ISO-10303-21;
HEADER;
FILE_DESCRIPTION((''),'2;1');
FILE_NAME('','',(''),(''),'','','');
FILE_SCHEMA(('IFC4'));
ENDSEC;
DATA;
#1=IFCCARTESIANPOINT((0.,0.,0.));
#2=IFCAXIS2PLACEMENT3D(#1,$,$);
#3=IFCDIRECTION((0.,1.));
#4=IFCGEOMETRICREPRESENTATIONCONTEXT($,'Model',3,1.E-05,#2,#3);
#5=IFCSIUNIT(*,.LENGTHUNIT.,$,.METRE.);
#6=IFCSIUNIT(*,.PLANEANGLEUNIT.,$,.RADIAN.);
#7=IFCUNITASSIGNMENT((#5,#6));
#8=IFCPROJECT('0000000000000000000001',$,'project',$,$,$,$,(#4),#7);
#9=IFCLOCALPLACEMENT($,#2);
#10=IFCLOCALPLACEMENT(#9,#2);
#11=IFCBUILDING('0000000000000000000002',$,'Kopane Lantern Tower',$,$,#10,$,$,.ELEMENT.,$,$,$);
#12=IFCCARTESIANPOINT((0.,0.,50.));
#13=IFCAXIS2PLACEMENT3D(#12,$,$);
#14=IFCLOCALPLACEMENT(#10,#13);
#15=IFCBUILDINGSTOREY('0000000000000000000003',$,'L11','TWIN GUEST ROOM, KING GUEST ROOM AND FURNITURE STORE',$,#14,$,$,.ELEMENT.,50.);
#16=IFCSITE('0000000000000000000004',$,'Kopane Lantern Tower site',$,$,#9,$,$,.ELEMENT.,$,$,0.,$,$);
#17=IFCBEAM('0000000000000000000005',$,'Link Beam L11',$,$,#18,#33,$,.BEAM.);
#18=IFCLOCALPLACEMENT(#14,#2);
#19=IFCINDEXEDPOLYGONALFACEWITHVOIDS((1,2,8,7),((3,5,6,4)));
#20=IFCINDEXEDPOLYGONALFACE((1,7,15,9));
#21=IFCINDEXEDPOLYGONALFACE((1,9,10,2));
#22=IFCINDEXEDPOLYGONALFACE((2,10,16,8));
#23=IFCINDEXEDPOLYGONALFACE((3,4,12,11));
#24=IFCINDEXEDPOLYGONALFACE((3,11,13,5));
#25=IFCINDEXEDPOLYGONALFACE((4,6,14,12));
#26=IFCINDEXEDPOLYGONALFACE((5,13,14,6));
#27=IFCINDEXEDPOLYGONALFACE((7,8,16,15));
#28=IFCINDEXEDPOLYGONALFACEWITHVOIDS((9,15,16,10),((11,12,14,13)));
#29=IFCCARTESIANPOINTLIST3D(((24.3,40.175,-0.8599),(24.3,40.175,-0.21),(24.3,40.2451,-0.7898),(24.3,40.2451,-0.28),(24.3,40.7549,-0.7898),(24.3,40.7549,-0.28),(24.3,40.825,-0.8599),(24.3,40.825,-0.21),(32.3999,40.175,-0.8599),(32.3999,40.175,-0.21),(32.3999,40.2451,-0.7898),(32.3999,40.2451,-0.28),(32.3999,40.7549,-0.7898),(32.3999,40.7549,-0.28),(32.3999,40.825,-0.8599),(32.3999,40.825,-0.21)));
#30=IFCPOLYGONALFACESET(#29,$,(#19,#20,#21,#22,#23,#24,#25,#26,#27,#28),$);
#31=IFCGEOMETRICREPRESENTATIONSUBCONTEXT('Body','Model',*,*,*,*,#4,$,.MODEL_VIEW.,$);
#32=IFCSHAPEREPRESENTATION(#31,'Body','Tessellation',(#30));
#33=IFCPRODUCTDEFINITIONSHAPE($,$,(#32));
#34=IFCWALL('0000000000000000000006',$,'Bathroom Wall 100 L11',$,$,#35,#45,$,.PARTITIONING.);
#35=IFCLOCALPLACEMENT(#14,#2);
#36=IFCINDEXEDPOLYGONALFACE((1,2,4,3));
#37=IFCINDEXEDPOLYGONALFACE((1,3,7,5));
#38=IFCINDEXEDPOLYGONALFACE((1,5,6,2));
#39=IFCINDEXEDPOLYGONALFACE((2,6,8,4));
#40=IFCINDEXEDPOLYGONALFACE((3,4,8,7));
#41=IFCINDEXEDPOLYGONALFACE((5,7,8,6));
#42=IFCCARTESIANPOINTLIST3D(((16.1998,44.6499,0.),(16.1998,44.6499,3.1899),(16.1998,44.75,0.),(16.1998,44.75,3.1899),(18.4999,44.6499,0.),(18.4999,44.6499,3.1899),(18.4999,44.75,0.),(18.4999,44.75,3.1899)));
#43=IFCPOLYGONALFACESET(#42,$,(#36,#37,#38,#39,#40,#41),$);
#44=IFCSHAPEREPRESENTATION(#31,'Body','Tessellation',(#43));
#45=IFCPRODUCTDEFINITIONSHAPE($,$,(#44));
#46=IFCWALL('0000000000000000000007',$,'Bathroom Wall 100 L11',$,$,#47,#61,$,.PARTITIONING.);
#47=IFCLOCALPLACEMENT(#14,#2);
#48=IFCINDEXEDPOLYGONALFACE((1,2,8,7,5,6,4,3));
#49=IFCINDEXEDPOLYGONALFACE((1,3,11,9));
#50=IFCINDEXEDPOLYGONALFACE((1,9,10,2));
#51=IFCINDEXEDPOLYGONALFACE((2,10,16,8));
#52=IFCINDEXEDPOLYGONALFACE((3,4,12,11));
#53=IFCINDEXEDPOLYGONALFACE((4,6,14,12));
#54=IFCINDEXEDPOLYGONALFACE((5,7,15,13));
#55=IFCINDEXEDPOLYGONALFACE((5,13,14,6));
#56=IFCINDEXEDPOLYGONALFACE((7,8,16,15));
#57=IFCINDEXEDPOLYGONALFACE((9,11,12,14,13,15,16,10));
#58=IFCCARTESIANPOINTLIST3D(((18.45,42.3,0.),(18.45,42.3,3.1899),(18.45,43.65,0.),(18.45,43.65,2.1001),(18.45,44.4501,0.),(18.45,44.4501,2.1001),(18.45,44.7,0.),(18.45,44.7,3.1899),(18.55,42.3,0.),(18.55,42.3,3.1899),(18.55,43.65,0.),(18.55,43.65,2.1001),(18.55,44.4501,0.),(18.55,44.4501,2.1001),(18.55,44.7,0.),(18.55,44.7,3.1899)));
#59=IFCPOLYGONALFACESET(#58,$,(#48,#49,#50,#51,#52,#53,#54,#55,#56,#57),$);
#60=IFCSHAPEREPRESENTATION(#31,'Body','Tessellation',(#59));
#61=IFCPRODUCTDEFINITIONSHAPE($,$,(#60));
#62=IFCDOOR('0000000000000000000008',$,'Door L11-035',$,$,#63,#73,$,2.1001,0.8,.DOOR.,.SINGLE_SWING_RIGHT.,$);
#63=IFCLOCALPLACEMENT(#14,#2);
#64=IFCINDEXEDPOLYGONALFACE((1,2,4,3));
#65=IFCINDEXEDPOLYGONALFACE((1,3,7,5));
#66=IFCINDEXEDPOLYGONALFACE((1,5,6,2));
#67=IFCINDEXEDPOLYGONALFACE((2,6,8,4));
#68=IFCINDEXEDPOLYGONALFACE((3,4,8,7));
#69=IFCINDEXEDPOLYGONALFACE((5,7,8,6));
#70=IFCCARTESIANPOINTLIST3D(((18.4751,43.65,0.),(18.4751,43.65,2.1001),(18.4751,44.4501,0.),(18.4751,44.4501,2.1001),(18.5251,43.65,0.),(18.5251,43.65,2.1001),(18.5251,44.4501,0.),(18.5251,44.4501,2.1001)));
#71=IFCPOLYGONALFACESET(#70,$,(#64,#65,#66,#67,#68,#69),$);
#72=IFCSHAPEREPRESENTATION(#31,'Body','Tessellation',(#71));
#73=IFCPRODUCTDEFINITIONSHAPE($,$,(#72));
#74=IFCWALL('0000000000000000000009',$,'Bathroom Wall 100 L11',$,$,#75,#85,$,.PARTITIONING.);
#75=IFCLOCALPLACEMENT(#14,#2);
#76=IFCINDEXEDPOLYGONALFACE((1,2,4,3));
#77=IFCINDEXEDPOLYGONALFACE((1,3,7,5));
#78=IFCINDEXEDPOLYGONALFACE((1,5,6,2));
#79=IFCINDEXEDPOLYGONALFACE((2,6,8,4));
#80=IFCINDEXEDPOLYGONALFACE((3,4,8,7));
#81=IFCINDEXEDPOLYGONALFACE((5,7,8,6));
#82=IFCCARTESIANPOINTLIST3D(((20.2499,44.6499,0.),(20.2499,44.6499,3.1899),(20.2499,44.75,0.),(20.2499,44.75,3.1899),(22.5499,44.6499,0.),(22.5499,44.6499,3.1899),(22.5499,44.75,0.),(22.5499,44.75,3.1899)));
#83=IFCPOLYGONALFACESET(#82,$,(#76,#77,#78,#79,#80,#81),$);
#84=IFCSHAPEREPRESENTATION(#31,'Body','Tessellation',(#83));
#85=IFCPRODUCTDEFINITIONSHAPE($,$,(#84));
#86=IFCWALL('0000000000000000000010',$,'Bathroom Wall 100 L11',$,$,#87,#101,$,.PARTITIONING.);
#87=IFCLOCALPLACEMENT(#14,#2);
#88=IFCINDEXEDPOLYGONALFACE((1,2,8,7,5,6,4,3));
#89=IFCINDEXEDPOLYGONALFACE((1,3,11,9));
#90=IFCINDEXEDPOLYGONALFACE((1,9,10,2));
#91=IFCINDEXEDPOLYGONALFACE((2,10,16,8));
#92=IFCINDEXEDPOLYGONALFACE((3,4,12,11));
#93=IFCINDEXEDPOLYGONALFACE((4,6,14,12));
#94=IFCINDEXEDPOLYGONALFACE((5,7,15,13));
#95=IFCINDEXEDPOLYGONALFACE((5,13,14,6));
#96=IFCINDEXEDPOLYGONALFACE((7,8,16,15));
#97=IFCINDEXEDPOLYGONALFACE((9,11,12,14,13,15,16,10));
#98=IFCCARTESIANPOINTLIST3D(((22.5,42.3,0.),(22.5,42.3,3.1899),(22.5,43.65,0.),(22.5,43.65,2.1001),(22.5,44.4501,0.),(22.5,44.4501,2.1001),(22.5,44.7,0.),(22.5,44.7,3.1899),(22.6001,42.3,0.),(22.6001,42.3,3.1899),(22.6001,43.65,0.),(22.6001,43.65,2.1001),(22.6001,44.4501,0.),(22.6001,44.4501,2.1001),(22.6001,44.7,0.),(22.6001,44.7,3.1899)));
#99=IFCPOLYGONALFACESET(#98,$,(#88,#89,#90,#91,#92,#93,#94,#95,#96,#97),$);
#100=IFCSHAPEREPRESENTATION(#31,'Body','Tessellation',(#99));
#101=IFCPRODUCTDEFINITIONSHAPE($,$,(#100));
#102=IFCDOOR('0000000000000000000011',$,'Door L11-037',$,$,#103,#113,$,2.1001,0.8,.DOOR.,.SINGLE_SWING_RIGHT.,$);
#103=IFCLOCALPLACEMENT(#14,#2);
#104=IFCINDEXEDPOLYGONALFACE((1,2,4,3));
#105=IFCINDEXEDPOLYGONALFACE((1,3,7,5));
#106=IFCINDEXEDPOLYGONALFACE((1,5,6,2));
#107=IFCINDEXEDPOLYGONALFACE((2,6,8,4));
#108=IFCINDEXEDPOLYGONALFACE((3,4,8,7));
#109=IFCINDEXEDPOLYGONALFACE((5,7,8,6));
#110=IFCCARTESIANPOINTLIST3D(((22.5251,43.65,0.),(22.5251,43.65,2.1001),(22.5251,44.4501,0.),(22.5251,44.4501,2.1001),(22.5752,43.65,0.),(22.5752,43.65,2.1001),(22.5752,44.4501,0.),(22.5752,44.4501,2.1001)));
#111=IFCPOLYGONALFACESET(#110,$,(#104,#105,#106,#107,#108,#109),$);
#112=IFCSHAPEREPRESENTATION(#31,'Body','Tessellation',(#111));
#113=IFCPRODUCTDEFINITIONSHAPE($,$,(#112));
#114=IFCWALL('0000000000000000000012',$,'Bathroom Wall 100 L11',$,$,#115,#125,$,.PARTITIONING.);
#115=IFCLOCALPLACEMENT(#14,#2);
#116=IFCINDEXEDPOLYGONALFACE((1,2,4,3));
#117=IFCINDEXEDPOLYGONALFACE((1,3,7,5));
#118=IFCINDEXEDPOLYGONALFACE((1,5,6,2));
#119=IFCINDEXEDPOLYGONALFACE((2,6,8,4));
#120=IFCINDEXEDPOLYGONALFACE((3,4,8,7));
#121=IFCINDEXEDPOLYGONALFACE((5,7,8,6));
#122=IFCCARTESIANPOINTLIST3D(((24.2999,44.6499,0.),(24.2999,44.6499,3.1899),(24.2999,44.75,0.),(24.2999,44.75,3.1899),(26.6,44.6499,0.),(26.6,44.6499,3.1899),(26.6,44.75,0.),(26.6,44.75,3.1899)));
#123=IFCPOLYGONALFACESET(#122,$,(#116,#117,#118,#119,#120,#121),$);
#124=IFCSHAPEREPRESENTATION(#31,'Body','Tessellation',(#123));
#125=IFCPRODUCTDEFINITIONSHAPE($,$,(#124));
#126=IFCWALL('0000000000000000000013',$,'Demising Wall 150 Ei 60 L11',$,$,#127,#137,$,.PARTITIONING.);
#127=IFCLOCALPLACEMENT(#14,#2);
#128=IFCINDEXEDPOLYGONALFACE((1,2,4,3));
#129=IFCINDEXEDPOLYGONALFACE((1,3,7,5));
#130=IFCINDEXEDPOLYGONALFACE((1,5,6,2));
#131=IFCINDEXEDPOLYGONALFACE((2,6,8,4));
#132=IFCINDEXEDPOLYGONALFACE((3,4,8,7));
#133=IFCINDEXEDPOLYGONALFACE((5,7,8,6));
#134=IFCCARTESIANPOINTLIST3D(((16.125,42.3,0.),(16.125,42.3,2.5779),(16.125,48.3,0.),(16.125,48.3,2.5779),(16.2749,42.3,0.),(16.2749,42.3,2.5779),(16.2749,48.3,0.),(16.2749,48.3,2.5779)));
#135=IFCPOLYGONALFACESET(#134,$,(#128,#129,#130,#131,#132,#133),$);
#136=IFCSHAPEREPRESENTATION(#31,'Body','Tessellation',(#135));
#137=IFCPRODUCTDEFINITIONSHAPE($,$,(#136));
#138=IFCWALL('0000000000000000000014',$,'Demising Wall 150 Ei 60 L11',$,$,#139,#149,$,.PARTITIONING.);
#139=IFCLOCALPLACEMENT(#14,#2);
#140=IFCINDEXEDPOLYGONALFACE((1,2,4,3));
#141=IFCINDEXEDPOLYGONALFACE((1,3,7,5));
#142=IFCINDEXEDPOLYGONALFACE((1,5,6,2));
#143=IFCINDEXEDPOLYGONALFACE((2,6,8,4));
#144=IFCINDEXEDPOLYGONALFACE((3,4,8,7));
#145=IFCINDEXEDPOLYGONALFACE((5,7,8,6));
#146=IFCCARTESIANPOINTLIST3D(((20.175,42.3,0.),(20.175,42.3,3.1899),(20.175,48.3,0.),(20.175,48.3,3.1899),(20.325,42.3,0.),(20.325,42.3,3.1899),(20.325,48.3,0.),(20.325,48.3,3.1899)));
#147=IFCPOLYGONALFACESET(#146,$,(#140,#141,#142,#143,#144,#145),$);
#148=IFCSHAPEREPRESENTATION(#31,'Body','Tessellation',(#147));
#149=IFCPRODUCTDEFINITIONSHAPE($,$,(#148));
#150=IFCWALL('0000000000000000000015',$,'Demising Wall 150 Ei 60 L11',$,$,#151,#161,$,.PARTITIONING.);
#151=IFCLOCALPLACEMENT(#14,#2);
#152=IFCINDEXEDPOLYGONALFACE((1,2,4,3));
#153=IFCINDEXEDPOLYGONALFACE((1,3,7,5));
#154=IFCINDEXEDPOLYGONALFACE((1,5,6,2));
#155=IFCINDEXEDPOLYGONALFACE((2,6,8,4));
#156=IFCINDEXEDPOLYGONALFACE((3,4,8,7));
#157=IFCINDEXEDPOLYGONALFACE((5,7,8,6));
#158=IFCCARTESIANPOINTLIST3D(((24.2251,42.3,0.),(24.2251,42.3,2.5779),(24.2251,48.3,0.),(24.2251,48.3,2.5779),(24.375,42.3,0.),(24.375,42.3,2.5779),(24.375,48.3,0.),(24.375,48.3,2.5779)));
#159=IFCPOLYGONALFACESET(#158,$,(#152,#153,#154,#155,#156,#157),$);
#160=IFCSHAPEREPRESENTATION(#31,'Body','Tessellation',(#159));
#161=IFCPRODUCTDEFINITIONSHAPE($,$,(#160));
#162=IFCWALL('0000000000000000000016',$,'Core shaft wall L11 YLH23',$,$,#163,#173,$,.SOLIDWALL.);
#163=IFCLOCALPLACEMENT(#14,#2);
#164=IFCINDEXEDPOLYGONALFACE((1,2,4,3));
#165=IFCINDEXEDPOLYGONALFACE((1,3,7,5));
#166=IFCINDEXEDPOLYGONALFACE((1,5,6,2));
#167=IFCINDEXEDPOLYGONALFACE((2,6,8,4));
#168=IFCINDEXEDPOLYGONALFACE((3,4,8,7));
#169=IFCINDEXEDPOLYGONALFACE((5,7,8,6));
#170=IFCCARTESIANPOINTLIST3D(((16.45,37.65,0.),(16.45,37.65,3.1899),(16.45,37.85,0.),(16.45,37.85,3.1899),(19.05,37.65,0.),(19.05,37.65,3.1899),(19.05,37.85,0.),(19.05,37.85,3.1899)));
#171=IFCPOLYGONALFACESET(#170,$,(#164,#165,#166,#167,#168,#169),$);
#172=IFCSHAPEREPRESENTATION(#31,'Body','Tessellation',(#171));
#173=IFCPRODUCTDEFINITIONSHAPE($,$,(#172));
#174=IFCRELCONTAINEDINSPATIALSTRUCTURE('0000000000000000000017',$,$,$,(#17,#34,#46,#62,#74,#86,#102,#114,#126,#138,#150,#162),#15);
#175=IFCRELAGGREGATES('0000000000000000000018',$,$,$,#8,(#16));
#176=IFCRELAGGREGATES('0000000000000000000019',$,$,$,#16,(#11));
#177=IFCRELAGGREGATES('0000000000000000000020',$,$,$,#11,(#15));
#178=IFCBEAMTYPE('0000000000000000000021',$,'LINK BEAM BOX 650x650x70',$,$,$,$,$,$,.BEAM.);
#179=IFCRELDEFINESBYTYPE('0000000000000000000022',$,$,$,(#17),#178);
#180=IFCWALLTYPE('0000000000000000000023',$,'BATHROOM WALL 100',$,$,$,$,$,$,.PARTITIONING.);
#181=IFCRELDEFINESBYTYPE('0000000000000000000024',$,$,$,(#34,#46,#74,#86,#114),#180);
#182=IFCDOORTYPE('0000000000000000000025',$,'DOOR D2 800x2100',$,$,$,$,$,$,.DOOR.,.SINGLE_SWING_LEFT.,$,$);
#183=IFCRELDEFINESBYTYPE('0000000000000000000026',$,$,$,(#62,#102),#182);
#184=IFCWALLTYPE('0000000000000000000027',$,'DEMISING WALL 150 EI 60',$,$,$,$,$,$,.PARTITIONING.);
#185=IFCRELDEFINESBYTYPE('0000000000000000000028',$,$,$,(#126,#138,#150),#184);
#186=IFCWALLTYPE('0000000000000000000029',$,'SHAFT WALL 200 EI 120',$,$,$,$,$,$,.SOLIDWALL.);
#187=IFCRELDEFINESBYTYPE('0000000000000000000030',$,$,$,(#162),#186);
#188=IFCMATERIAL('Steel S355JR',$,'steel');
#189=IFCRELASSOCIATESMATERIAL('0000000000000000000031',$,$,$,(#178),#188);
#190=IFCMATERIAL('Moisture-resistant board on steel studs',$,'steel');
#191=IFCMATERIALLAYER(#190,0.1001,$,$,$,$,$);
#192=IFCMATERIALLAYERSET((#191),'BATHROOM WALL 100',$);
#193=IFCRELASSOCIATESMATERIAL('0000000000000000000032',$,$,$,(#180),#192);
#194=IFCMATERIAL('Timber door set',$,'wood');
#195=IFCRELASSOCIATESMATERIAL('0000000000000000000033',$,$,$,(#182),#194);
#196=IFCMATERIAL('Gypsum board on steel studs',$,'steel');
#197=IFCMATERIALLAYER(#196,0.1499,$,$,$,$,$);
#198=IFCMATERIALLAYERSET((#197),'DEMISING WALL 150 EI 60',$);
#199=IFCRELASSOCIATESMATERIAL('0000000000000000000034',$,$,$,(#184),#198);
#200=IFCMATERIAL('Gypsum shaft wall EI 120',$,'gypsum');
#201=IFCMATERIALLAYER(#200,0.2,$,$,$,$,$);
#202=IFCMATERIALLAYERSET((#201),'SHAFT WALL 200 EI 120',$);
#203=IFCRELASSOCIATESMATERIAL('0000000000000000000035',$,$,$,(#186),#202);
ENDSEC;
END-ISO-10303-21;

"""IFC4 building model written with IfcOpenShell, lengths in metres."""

from ifc_helpers import new_model, si_unit, direction, frame, frame_2d, origin, origin_2d, place, context, subcontext, project, spatial, rectangle, hollow_rectangle, extrude, material, layer, layer_set, material_profile, profile_set, type_object, element, fill, save


model = new_model("IFC4")

# Units and contexts
model_context = context("Model", 3, precision=1e-05, world=origin(), true_north=direction((0.0, 1.0)))
body_context = subcontext(model_context, "Body", "Model", "MODEL_VIEW")
ifc_project = project(units=[si_unit("LENGTHUNIT", "METRE"), si_unit("PLANEANGLEUNIT", "RADIAN")], contexts=[model_context])

# Site, building, storey
site_placement = place(None, origin())
site = spatial("IfcSite", under=ifc_project, at=site_placement, Name="Kopane Lantern Tower site", CompositionType="ELEMENT", RefElevation=0.0)
building_placement = place(site_placement, origin())
building = spatial("IfcBuilding", under=site, at=building_placement, Name="Kopane Lantern Tower", CompositionType="ELEMENT")
storey_placement = place(building_placement, frame((0.0, 0.0, 50.0)))
storey = spatial("IfcBuildingStorey", under=building, at=storey_placement, Name="L11", Description="TWIN GUEST ROOM, KING GUEST ROOM AND FURNITURE STORE", CompositionType="ELEMENT", Elevation=50.0)

# Beam
ifc_material_1 = material(Name="Steel S355JR", Category="steel")
ifc_material_profile_1 = material_profile(ifc_material_1, hollow_rectangle(XDim=0.6499, YDim=0.6499, WallThickness=0.0701, at=origin_2d()), Name="BOX 650x650x70")
ifc_profile_set_1 = profile_set([ifc_material_profile_1], Name="Steel S355JR")
beam_type_1 = type_object("IfcBeamType", Name="LINK BEAM BOX 650x650x70", PredefinedType="BEAM", material=ifc_profile_set_1)
beam_1_placement = place(storey_placement, frame((24.3, 40.5, -0.5349), z_axis=(1.0, 0.0, 0.0), x_axis=(0.0, 1.0, 0.0)))
element("IfcBeam", 1, at=beam_1_placement, inside=storey, type_object=beam_type_1, Name="Link Beam L11", PredefinedType="BEAM", context=body_context, shape_type="SweptSolid", body=[
    extrude(hollow_rectangle(XDim=0.6499, YDim=0.6499, WallThickness=0.0701, at=origin_2d()), origin(), (0.0, 0.0, 1.0), 8.0999),
])

# Wall
ifc_material_2 = material(Name="Moisture-resistant board on steel studs", Category="steel")
ifc_layer_1 = layer(ifc_material_2, 0.1001)
ifc_layer_set_1 = layer_set([ifc_layer_1], Name="BATHROOM WALL 100")
wall_type_1 = type_object("IfcWallType", Name="BATHROOM WALL 100", PredefinedType="PARTITIONING", material=ifc_layer_set_1)
wall_1_placement = place(storey_placement, frame((16.2, 44.7, 0.0), z_axis=(0.0, 0.0, 1.0), x_axis=(1.0, 0.0, 0.0)))
element("IfcWall", 2, at=wall_1_placement, inside=storey, type_object=wall_type_1, Name="Bathroom Wall 100 L11", PredefinedType="PARTITIONING", context=body_context, shape_type="SweptSolid", body=[
    extrude(rectangle(XDim=2.3, YDim=0.1001, at=frame_2d((1.1499, 0.0))), origin(), (0.0, 0.0, 1.0), 3.1899),
])

# Wall, opening, door
wall_2_placement = place(storey_placement, frame((18.5, 42.3, 0.0), z_axis=(0.0, 0.0, 1.0), x_axis=(0.0, 1.0, 0.0)))
wall_2 = element("IfcWall", 3, at=wall_2_placement, inside=storey, type_object=wall_type_1, Name="Bathroom Wall 100 L11", PredefinedType="PARTITIONING", context=body_context, shape_type="SweptSolid", body=[
    extrude(rectangle(XDim=2.3999, YDim=0.1001, at=frame_2d((1.2, 0.0))), origin(), (0.0, 0.0, 1.0), 3.1899),
])
opening_1_placement = place(wall_2_placement, frame((1.3501, 0.0, 0.0)))
opening_1 = element("IfcOpeningElement", 4, at=opening_1_placement, cuts=wall_2, PredefinedType="OPENING", context=body_context, shape_type="SweptSolid", body=[
    extrude(rectangle(XDim=0.8, YDim=2.1001, at=frame_2d((0.3999, 1.05))), frame((0.0, 0.0601, 0.0), z_axis=(0.0, -1.0, 0.0), x_axis=(1.0, 0.0, 0.0)), (0.0, 0.0, 1.0), 0.1201),
])
ifc_material_3 = material(Name="Timber door set", Category="wood")
door_type = type_object("IfcDoorType", Name="DOOR D2 800x2100", OperationType="SINGLE_SWING_LEFT", PredefinedType="DOOR", material=ifc_material_3)
door_1_placement = place(opening_1_placement, origin())
door_1 = element("IfcDoor", 5, at=door_1_placement, inside=storey, type_object=door_type, Name="Door L11-035", OperationType="SINGLE_SWING_RIGHT", OverallHeight=2.1001, OverallWidth=0.8, PredefinedType="DOOR", context=body_context, shape_type="SweptSolid", body=[
    extrude(rectangle(XDim=0.8, YDim=2.1001, at=frame_2d((0.3999, 1.05))), frame((0.0, 0.0249, 0.0), z_axis=(0.0, -1.0, 0.0), x_axis=(1.0, 0.0, 0.0)), (0.0, 0.0, 1.0), 0.05),
])
fill(opening_1, door_1)

# Wall
wall_3_placement = place(storey_placement, frame((20.25, 44.7, 0.0), z_axis=(0.0, 0.0, 1.0), x_axis=(1.0, 0.0, 0.0)))
element("IfcWall", 6, at=wall_3_placement, inside=storey, type_object=wall_type_1, Name="Bathroom Wall 100 L11", PredefinedType="PARTITIONING", context=body_context, shape_type="SweptSolid", body=[
    extrude(rectangle(XDim=2.3, YDim=0.1001, at=frame_2d((1.1499, 0.0))), origin(), (0.0, 0.0, 1.0), 3.1899),
])

# Wall, opening, door
wall_4_placement = place(storey_placement, frame((22.55, 42.3, 0.0), z_axis=(0.0, 0.0, 1.0), x_axis=(0.0, 1.0, 0.0)))
wall_4 = element("IfcWall", 7, at=wall_4_placement, inside=storey, type_object=wall_type_1, Name="Bathroom Wall 100 L11", PredefinedType="PARTITIONING", context=body_context, shape_type="SweptSolid", body=[
    extrude(rectangle(XDim=2.3999, YDim=0.1001, at=frame_2d((1.2, 0.0))), origin(), (0.0, 0.0, 1.0), 3.1899),
])
opening_2_placement = place(wall_4_placement, frame((1.3501, 0.0, 0.0)))
opening_2 = element("IfcOpeningElement", 8, at=opening_2_placement, cuts=wall_4, PredefinedType="OPENING", context=body_context, shape_type="SweptSolid", body=[
    extrude(rectangle(XDim=0.8, YDim=2.1001, at=frame_2d((0.3999, 1.05))), frame((0.0, 0.0601, 0.0), z_axis=(0.0, -1.0, 0.0), x_axis=(1.0, 0.0, 0.0)), (0.0, 0.0, 1.0), 0.1201),
])
door_2_placement = place(opening_2_placement, origin())
door_2 = element("IfcDoor", 9, at=door_2_placement, inside=storey, type_object=door_type, Name="Door L11-037", OperationType="SINGLE_SWING_RIGHT", OverallHeight=2.1001, OverallWidth=0.8, PredefinedType="DOOR", context=body_context, shape_type="SweptSolid", body=[
    extrude(rectangle(XDim=0.8, YDim=2.1001, at=frame_2d((0.3999, 1.05))), frame((0.0, 0.0249, 0.0), z_axis=(0.0, -1.0, 0.0), x_axis=(1.0, 0.0, 0.0)), (0.0, 0.0, 1.0), 0.05),
])
fill(opening_2, door_2)

# Walls
wall_5_placement = place(storey_placement, frame((24.3, 44.7, 0.0), z_axis=(0.0, 0.0, 1.0), x_axis=(1.0, 0.0, 0.0)))
element("IfcWall", 10, at=wall_5_placement, inside=storey, type_object=wall_type_1, Name="Bathroom Wall 100 L11", PredefinedType="PARTITIONING", context=body_context, shape_type="SweptSolid", body=[
    extrude(rectangle(XDim=2.3, YDim=0.1001, at=frame_2d((1.1499, 0.0))), origin(), (0.0, 0.0, 1.0), 3.1899),
])
ifc_material_4 = material(Name="Gypsum board on steel studs", Category="steel")
ifc_layer_2 = layer(ifc_material_4, 0.1499)
ifc_layer_set_2 = layer_set([ifc_layer_2], Name="DEMISING WALL 150 EI 60")
wall_type_2 = type_object("IfcWallType", Name="DEMISING WALL 150 EI 60", PredefinedType="PARTITIONING", material=ifc_layer_set_2)
wall_6_placement = place(storey_placement, frame((16.2, 42.3, 0.0), z_axis=(0.0, 0.0, 1.0), x_axis=(0.0, 1.0, 0.0)))
element("IfcWall", 11, at=wall_6_placement, inside=storey, type_object=wall_type_2, Name="Demising Wall 150 Ei 60 L11", PredefinedType="PARTITIONING", context=body_context, shape_type="SweptSolid", body=[
    extrude(rectangle(XDim=6.0, YDim=0.1499, at=frame_2d((3.0, 0.0))), origin(), (0.0, 0.0, 1.0), 2.5779),
])
wall_7_placement = place(storey_placement, frame((20.25, 42.3, 0.0), z_axis=(0.0, 0.0, 1.0), x_axis=(0.0, 1.0, 0.0)))
element("IfcWall", 12, at=wall_7_placement, inside=storey, type_object=wall_type_2, Name="Demising Wall 150 Ei 60 L11", PredefinedType="PARTITIONING", context=body_context, shape_type="SweptSolid", body=[
    extrude(rectangle(XDim=6.0, YDim=0.1499, at=frame_2d((3.0, 0.0))), origin(), (0.0, 0.0, 1.0), 3.1899),
])
wall_8_placement = place(storey_placement, frame((24.3, 42.3, 0.0), z_axis=(0.0, 0.0, 1.0), x_axis=(0.0, 1.0, 0.0)))
element("IfcWall", 13, at=wall_8_placement, inside=storey, type_object=wall_type_2, Name="Demising Wall 150 Ei 60 L11", PredefinedType="PARTITIONING", context=body_context, shape_type="SweptSolid", body=[
    extrude(rectangle(XDim=6.0, YDim=0.1499, at=frame_2d((3.0, 0.0))), origin(), (0.0, 0.0, 1.0), 2.5779),
])
ifc_material_5 = material(Name="Gypsum shaft wall EI 120", Category="gypsum")
ifc_layer_3 = layer(ifc_material_5, 0.2)
ifc_layer_set_3 = layer_set([ifc_layer_3], Name="SHAFT WALL 200 EI 120")
wall_type_3 = type_object("IfcWallType", Name="SHAFT WALL 200 EI 120", PredefinedType="SOLIDWALL", material=ifc_layer_set_3)
wall_9_placement = place(storey_placement, frame((16.45, 37.75, 0.0), z_axis=(0.0, 0.0, 1.0), x_axis=(1.0, 0.0, 0.0)))
element("IfcWall", 14, at=wall_9_placement, inside=storey, type_object=wall_type_3, Name="Core shaft wall L11 YLH23", PredefinedType="SOLIDWALL", context=body_context, shape_type="SweptSolid", body=[
    extrude(rectangle(XDim=2.6001, YDim=0.2, at=frame_2d((1.3, 0.0))), origin(), (0.0, 0.0, 1.0), 3.1899),
])

save(model, "model.ifc")
